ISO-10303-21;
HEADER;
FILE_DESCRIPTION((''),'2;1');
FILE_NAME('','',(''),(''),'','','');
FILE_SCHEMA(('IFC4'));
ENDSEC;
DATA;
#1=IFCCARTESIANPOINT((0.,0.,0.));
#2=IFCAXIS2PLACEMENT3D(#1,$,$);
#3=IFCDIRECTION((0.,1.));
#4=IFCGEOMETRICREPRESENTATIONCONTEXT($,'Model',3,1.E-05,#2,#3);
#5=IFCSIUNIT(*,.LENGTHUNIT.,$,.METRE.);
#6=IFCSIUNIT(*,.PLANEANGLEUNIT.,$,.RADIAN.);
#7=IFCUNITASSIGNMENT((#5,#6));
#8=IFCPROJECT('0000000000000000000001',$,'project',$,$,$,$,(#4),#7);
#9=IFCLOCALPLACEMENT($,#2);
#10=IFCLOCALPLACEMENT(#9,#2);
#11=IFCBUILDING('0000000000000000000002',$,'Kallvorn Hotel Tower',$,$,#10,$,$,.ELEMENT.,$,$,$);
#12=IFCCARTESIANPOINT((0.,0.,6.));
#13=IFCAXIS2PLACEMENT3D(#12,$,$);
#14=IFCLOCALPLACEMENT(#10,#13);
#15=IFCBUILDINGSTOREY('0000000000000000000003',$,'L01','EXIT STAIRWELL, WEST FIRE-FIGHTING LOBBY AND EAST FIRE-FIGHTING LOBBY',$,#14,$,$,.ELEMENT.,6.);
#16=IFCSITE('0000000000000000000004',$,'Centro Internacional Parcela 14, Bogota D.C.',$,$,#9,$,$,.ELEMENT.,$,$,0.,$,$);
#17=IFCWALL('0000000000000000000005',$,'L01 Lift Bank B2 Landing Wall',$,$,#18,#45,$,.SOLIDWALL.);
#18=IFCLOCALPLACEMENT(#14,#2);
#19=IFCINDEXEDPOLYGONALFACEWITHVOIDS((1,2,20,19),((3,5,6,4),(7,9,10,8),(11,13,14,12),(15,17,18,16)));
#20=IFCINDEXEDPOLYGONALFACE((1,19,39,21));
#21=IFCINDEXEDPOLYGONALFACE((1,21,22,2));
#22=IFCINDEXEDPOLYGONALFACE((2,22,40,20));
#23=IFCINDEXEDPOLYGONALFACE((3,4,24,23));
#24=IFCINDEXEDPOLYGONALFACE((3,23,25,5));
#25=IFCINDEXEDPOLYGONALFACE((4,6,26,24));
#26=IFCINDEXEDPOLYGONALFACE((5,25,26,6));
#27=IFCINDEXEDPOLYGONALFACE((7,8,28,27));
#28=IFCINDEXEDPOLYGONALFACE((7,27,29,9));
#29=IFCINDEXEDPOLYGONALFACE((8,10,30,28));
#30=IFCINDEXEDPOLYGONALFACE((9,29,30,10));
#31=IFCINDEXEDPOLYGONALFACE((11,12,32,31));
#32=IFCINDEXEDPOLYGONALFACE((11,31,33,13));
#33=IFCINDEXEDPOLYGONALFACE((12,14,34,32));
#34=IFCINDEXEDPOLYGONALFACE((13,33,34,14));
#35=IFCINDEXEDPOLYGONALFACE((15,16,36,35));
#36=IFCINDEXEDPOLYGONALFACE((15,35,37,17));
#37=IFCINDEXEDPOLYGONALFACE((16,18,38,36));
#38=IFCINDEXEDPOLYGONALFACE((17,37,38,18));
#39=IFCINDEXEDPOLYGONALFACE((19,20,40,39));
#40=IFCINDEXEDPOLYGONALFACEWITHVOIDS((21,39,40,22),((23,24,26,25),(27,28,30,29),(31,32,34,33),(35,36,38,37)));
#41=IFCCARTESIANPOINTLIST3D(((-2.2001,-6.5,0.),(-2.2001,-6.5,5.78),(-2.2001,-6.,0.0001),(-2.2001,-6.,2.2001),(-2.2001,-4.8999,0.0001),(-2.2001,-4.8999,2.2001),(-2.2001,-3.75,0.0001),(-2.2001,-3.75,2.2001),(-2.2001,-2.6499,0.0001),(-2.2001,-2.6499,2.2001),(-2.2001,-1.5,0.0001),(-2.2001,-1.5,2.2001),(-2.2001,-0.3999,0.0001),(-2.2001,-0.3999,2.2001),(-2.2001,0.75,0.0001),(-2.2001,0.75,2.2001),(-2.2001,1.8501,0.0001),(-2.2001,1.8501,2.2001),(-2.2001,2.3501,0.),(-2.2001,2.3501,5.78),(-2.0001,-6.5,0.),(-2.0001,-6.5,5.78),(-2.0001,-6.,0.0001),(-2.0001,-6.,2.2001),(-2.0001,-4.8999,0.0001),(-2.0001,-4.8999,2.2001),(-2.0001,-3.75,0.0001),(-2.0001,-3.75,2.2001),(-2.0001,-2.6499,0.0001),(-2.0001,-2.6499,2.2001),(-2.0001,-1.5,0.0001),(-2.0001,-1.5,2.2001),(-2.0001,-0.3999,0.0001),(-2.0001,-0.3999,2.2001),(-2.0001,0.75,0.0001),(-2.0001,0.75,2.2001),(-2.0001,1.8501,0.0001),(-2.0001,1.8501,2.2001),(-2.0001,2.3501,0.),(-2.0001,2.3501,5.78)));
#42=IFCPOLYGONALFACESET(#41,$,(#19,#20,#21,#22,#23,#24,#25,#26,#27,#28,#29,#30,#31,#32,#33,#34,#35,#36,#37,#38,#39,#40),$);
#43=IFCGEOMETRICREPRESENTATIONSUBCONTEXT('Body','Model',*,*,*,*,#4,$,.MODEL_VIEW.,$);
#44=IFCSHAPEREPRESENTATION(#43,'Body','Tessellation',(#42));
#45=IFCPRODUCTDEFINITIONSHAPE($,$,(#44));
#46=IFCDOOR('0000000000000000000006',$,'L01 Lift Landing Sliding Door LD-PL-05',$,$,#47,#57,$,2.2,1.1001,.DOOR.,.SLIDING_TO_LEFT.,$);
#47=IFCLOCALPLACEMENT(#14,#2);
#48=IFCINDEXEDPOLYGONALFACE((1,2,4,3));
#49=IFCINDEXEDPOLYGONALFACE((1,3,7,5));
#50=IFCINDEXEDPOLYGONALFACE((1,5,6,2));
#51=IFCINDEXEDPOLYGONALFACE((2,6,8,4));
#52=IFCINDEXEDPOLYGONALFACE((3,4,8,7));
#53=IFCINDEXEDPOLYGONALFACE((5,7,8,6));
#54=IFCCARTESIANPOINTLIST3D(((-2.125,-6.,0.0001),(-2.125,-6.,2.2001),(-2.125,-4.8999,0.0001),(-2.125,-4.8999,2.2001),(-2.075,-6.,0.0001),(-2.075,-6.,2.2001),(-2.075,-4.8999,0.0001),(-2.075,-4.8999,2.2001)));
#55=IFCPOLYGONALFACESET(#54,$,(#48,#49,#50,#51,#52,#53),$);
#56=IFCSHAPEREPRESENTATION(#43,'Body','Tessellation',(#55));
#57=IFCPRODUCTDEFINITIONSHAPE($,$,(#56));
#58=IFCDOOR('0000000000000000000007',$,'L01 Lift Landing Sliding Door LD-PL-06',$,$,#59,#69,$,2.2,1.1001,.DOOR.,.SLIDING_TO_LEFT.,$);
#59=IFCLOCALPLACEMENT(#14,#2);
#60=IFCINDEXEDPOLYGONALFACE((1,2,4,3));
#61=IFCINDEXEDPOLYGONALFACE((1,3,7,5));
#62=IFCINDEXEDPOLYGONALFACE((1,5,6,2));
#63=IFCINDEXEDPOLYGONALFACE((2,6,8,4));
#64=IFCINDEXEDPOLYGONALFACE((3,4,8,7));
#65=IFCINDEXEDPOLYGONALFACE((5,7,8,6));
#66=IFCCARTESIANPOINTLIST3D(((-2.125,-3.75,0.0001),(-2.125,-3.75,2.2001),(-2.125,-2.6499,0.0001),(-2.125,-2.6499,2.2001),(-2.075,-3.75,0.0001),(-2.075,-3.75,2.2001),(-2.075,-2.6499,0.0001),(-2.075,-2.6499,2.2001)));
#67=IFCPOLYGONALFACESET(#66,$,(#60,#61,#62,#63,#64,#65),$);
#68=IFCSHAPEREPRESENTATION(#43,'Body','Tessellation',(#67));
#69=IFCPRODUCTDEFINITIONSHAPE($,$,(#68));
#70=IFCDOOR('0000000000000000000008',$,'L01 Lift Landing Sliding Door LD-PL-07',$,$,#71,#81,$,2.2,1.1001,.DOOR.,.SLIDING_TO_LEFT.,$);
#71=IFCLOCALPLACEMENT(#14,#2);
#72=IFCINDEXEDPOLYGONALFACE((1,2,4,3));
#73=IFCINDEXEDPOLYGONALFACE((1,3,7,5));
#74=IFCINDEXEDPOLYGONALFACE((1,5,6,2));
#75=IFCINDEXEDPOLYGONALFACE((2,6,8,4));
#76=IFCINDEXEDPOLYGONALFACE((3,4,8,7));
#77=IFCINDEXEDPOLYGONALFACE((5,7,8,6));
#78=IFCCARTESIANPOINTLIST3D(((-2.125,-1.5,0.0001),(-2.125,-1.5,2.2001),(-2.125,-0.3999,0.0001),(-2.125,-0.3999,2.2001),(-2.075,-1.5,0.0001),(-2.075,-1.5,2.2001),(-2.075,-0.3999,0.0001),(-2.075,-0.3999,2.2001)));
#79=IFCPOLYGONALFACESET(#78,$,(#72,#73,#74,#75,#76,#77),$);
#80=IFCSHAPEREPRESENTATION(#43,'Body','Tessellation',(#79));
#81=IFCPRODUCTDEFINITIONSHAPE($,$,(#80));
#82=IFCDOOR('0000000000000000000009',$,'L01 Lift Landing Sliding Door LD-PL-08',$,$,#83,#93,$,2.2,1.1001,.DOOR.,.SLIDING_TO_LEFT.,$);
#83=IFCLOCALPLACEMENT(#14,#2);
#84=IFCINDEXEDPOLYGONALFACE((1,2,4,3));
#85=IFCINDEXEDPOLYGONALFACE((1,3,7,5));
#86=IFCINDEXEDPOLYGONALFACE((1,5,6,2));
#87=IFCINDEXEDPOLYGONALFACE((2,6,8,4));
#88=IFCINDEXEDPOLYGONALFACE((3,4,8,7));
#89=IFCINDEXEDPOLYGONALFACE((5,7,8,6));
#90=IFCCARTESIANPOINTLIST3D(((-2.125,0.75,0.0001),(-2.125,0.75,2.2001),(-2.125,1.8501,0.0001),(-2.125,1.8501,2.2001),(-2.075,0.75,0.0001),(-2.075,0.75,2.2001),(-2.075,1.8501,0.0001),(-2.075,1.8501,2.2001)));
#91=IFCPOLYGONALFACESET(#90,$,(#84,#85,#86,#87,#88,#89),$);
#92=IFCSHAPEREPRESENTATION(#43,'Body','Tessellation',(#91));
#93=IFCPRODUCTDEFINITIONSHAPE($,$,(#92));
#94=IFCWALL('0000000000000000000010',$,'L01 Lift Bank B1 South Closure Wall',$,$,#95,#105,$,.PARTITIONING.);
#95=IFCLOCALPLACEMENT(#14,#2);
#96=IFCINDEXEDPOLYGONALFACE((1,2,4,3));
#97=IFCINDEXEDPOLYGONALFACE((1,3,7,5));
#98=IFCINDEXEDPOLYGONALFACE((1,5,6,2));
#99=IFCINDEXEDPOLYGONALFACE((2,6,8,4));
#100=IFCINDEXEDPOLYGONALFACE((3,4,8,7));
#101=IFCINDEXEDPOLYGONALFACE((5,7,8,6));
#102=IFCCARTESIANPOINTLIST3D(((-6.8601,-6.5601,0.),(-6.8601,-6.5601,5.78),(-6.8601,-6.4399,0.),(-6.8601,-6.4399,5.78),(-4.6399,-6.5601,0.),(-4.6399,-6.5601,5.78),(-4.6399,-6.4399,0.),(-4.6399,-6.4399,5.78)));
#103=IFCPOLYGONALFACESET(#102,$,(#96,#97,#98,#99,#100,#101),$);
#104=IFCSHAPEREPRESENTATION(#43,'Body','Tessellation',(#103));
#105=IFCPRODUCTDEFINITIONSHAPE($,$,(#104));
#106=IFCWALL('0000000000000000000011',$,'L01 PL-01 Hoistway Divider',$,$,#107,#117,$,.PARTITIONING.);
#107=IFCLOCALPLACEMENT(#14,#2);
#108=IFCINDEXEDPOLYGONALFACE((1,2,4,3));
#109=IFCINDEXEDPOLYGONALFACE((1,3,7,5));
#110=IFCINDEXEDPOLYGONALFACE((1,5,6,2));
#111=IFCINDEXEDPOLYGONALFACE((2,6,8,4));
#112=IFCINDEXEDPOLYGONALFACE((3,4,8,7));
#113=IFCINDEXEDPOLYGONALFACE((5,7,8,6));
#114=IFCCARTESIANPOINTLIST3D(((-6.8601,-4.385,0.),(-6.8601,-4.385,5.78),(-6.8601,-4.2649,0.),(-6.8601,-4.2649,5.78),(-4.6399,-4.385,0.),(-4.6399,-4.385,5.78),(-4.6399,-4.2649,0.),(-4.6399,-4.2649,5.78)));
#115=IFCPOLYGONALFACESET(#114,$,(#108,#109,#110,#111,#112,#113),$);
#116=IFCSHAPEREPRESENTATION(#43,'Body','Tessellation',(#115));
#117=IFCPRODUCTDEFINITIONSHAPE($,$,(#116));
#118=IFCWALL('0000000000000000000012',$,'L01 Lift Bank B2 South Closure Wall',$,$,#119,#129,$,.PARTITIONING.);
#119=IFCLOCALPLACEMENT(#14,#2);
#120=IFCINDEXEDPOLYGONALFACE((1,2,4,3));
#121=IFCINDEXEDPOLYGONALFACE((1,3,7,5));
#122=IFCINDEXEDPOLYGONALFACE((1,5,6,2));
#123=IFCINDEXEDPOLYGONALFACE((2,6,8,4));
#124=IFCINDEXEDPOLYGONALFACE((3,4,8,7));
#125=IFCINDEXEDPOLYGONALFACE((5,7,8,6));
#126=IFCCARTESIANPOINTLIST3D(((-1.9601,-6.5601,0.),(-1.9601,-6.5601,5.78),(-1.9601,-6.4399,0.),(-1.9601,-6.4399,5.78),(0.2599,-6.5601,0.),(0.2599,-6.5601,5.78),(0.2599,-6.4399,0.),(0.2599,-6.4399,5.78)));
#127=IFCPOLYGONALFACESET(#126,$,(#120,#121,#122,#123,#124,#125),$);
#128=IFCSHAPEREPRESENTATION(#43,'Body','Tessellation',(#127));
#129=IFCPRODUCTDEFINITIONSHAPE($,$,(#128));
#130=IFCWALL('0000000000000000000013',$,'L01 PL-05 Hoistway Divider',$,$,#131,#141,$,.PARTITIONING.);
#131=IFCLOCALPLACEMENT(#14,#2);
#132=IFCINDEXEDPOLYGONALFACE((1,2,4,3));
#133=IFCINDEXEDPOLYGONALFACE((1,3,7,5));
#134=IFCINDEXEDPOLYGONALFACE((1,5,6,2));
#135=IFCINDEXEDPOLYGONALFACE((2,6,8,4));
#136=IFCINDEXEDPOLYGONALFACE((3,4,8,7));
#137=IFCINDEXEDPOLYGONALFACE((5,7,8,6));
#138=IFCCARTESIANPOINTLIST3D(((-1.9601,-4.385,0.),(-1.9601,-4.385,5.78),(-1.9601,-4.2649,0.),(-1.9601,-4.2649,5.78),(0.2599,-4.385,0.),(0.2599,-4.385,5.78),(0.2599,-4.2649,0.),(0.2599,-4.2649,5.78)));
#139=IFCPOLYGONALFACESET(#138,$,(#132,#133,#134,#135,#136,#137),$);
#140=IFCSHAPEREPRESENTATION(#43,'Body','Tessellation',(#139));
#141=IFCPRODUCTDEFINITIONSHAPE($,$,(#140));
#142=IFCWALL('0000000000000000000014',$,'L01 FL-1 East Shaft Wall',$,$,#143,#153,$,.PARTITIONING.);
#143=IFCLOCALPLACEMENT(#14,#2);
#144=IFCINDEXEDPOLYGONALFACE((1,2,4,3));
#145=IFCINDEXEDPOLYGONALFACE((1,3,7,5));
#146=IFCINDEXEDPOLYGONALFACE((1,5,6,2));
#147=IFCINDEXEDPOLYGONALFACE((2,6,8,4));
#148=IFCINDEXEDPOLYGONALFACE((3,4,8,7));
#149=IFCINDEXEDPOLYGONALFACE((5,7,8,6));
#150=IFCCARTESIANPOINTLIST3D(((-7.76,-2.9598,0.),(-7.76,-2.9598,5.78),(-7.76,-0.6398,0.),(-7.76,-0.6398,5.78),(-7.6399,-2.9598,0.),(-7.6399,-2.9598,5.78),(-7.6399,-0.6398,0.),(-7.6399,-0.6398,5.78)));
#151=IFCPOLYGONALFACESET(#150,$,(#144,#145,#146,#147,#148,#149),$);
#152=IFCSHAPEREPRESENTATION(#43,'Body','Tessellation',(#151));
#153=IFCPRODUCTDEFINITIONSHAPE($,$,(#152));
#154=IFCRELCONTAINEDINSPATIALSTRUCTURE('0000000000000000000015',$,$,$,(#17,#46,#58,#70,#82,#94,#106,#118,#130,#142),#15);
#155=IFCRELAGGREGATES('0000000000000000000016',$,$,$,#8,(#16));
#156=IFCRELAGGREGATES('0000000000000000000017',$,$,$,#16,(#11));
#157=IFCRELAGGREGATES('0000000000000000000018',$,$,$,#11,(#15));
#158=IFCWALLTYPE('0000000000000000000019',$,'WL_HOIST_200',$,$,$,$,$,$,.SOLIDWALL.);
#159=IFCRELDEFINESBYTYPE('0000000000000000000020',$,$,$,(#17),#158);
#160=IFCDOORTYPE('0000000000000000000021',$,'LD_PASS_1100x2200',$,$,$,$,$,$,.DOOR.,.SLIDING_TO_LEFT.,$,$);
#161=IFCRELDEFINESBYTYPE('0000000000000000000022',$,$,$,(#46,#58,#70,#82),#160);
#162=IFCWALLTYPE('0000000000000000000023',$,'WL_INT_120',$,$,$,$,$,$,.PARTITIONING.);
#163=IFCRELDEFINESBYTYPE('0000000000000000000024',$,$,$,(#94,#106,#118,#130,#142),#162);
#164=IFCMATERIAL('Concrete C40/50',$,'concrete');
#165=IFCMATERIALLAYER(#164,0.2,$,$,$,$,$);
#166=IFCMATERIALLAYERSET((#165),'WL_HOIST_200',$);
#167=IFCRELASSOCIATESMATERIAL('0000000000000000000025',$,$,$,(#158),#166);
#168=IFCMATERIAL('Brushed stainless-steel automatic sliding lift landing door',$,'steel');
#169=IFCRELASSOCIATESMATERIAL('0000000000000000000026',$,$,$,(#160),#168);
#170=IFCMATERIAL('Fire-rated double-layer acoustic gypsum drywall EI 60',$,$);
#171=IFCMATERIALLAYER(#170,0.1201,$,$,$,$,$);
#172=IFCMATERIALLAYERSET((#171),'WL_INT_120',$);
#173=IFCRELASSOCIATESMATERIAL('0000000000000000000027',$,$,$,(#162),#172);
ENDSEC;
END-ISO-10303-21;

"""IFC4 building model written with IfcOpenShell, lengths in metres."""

from ifc_helpers import new_model, si_unit, direction, frame, frame_2d, origin, place, context, subcontext, project, spatial, rectangle, extrude, material, layer, layer_set, type_object, element, fill, save


model = new_model("IFC4")

# Units and contexts
model_context = context("Model", 3, precision=1e-05, world=origin(), true_north=direction((0.0, 1.0)))
body_context = subcontext(model_context, "Body", "Model", "MODEL_VIEW")
ifc_project = project(units=[si_unit("LENGTHUNIT", "METRE"), si_unit("PLANEANGLEUNIT", "RADIAN")], contexts=[model_context])

# Site, building, storey
site_placement = place(None, origin())
site = spatial("IfcSite", under=ifc_project, at=site_placement, Name="Centro Internacional Parcela 14, Bogota D.C.", CompositionType="ELEMENT", RefElevation=0.0)
building_placement = place(site_placement, origin())
building = spatial("IfcBuilding", under=site, at=building_placement, Name="Kallvorn Hotel Tower", CompositionType="ELEMENT")
storey_placement = place(building_placement, frame((0.0, 0.0, 6.0)))
storey = spatial("IfcBuildingStorey", under=building, at=storey_placement, Name="L01", Description="EXIT STAIRWELL, WEST FIRE-FIGHTING LOBBY AND EAST FIRE-FIGHTING LOBBY", CompositionType="ELEMENT", Elevation=6.0)

# Shared definitions
ifc_material_1 = material(Name="Concrete C40/50", Category="concrete")
ifc_layer_1 = layer(ifc_material_1, 0.2)
ifc_layer_set_1 = layer_set([ifc_layer_1], Name="WL_HOIST_200")
wall_type_1 = type_object("IfcWallType", Name="WL_HOIST_200", PredefinedType="SOLIDWALL", material=ifc_layer_set_1)
ifc_material_2 = material(Name="Brushed stainless-steel automatic sliding lift landing door", Category="steel")
door_type_1 = type_object("IfcDoorType", Name="LD_PASS_1100x2200", OperationType="SLIDING_TO_LEFT", PredefinedType="DOOR", material=ifc_material_2)

# Wall, openings, doors
wall_1_placement = place(storey_placement, frame((-2.1001, -6.5, 0.0), z_axis=(0.0, 0.0, 1.0), x_axis=(0.0, 1.0, 0.0)))
wall_1 = element("IfcWall", 1, at=wall_1_placement, inside=storey, type_object=wall_type_1, Name="L01 Lift Bank B2 Landing Wall", PredefinedType="SOLIDWALL", context=body_context, shape_type="SweptSolid", body=[
    extrude(rectangle(XDim=8.8501, YDim=0.2, at=frame_2d((4.425, 0.0))), origin(), (0.0, 0.0, 1.0), 5.78),
])
opening_1_placement = place(wall_1_placement, frame((0.5, 0.0, 0.0)))
opening_1 = element("IfcOpeningElement", 2, at=opening_1_placement, cuts=wall_1, PredefinedType="OPENING", context=body_context, shape_type="SweptSolid", body=[
    extrude(rectangle(XDim=1.1001, YDim=2.2, at=frame_2d((0.55, 1.1001))), frame((0.0, 0.115, 0.0), z_axis=(0.0, -1.0, 0.0), x_axis=(1.0, 0.0, 0.0)), (0.0, 0.0, 1.0), 0.23),
])
opening_2_placement = place(wall_1_placement, frame((2.75, 0.0, 0.0)))
opening_2 = element("IfcOpeningElement", 3, at=opening_2_placement, cuts=wall_1, PredefinedType="OPENING", context=body_context, shape_type="SweptSolid", body=[
    extrude(rectangle(XDim=1.1001, YDim=2.2, at=frame_2d((0.55, 1.1001))), frame((0.0, 0.115, 0.0), z_axis=(0.0, -1.0, 0.0), x_axis=(1.0, 0.0, 0.0)), (0.0, 0.0, 1.0), 0.23),
])
opening_3_placement = place(wall_1_placement, frame((5.0, 0.0, 0.0)))
opening_3 = element("IfcOpeningElement", 4, at=opening_3_placement, cuts=wall_1, PredefinedType="OPENING", context=body_context, shape_type="SweptSolid", body=[
    extrude(rectangle(XDim=1.1001, YDim=2.2, at=frame_2d((0.55, 1.1001))), frame((0.0, 0.115, 0.0), z_axis=(0.0, -1.0, 0.0), x_axis=(1.0, 0.0, 0.0)), (0.0, 0.0, 1.0), 0.23),
])
opening_4_placement = place(wall_1_placement, frame((7.25, 0.0, 0.0)))
opening_4 = element("IfcOpeningElement", 5, at=opening_4_placement, cuts=wall_1, PredefinedType="OPENING", context=body_context, shape_type="SweptSolid", body=[
    extrude(rectangle(XDim=1.1001, YDim=2.2, at=frame_2d((0.55, 1.1001))), frame((0.0, 0.115, 0.0), z_axis=(0.0, -1.0, 0.0), x_axis=(1.0, 0.0, 0.0)), (0.0, 0.0, 1.0), 0.23),
])
door_1_placement = place(opening_1_placement, origin())
door_1 = element("IfcDoor", 6, at=door_1_placement, inside=storey, type_object=door_type_1, Name="L01 Lift Landing Sliding Door LD-PL-05", OperationType="SLIDING_TO_LEFT", OverallHeight=2.2, OverallWidth=1.1001, PredefinedType="DOOR", context=body_context, shape_type="SweptSolid", body=[
    extrude(rectangle(XDim=1.1001, YDim=2.2, at=frame_2d((0.55, 1.1001))), frame((0.0, 0.0249, 0.0), z_axis=(0.0, -1.0, 0.0), x_axis=(1.0, 0.0, 0.0)), (0.0, 0.0, 1.0), 0.05),
])
fill(opening_1, door_1)
door_2_placement = place(opening_2_placement, origin())
door_2 = element("IfcDoor", 7, at=door_2_placement, inside=storey, type_object=door_type_1, Name="L01 Lift Landing Sliding Door LD-PL-06", OperationType="SLIDING_TO_LEFT", OverallHeight=2.2, OverallWidth=1.1001, PredefinedType="DOOR", context=body_context, shape_type="SweptSolid", body=[
    extrude(rectangle(XDim=1.1001, YDim=2.2, at=frame_2d((0.55, 1.1001))), frame((0.0, 0.0249, 0.0), z_axis=(0.0, -1.0, 0.0), x_axis=(1.0, 0.0, 0.0)), (0.0, 0.0, 1.0), 0.05),
])
fill(opening_2, door_2)
door_3_placement = place(opening_3_placement, origin())
door_3 = element("IfcDoor", 8, at=door_3_placement, inside=storey, type_object=door_type_1, Name="L01 Lift Landing Sliding Door LD-PL-07", OperationType="SLIDING_TO_LEFT", OverallHeight=2.2, OverallWidth=1.1001, PredefinedType="DOOR", context=body_context, shape_type="SweptSolid", body=[
    extrude(rectangle(XDim=1.1001, YDim=2.2, at=frame_2d((0.55, 1.1001))), frame((0.0, 0.0249, 0.0), z_axis=(0.0, -1.0, 0.0), x_axis=(1.0, 0.0, 0.0)), (0.0, 0.0, 1.0), 0.05),
])
fill(opening_3, door_3)
door_4_placement = place(opening_4_placement, origin())
door_4 = element("IfcDoor", 9, at=door_4_placement, inside=storey, type_object=door_type_1, Name="L01 Lift Landing Sliding Door LD-PL-08", OperationType="SLIDING_TO_LEFT", OverallHeight=2.2, OverallWidth=1.1001, PredefinedType="DOOR", context=body_context, shape_type="SweptSolid", body=[
    extrude(rectangle(XDim=1.1001, YDim=2.2, at=frame_2d((0.55, 1.1001))), frame((0.0, 0.0249, 0.0), z_axis=(0.0, -1.0, 0.0), x_axis=(1.0, 0.0, 0.0)), (0.0, 0.0, 1.0), 0.05),
])
fill(opening_4, door_4)

# Walls
ifc_material_3 = material(Name="Fire-rated double-layer acoustic gypsum drywall EI 60")
ifc_layer_2 = layer(ifc_material_3, 0.1201)
ifc_layer_set_2 = layer_set([ifc_layer_2], Name="WL_INT_120")
wall_type_2 = type_object("IfcWallType", Name="WL_INT_120", PredefinedType="PARTITIONING", material=ifc_layer_set_2)
for number, where, z_axis, x_axis, name in (
    (10, (-6.8601, -6.5, 0.0), (0.0, 0.0, 1.0), (1.0, 0.0, 0.0), "L01 Lift Bank B1 South Closure Wall"),
    (11, (-6.8601, -4.325, 0.0), (0.0, 0.0, 1.0), (1.0, 0.0, 0.0), "L01 PL-01 Hoistway Divider"),
):
    element("IfcWall", number, at=place(storey_placement, frame(where, z_axis=z_axis, x_axis=x_axis)), inside=storey, type_object=wall_type_2, Name=name, PredefinedType="PARTITIONING", context=body_context, shape_type="SweptSolid", body=[
        extrude(rectangle(XDim=2.2202, YDim=0.1201, at=frame_2d((1.1101, 0.0))), origin(), (0.0, 0.0, 1.0), 5.78),
    ])
for number, where, z_axis, x_axis, name in (
    (12, (-1.96, -6.5, 0.0), (0.0, 0.0, 1.0), (1.0, 0.0, 0.0), "L01 Lift Bank B2 South Closure Wall"),
    (13, (-1.96, -4.325, 0.0), (0.0, 0.0, 1.0), (1.0, 0.0, 0.0), "L01 PL-05 Hoistway Divider"),
):
    element("IfcWall", number, at=place(storey_placement, frame(where, z_axis=z_axis, x_axis=x_axis)), inside=storey, type_object=wall_type_2, Name=name, PredefinedType="PARTITIONING", context=body_context, shape_type="SweptSolid", body=[
        extrude(rectangle(XDim=2.22, YDim=0.1201, at=frame_2d((1.1099, 0.0))), origin(), (0.0, 0.0, 1.0), 5.78),
    ])
wall_2_placement = place(storey_placement, frame((-7.7, -2.96, 0.0), z_axis=(0.0, 0.0, 1.0), x_axis=(0.0, 1.0, 0.0)))
element("IfcWall", 14, at=wall_2_placement, inside=storey, type_object=wall_type_2, Name="L01 FL-1 East Shaft Wall", PredefinedType="PARTITIONING", context=body_context, shape_type="SweptSolid", body=[
    extrude(rectangle(XDim=2.3201, YDim=0.1201, at=frame_2d((1.1602, 0.0))), origin(), (0.0, 0.0, 1.0), 5.78),
])

save(model, "model.ifc")
